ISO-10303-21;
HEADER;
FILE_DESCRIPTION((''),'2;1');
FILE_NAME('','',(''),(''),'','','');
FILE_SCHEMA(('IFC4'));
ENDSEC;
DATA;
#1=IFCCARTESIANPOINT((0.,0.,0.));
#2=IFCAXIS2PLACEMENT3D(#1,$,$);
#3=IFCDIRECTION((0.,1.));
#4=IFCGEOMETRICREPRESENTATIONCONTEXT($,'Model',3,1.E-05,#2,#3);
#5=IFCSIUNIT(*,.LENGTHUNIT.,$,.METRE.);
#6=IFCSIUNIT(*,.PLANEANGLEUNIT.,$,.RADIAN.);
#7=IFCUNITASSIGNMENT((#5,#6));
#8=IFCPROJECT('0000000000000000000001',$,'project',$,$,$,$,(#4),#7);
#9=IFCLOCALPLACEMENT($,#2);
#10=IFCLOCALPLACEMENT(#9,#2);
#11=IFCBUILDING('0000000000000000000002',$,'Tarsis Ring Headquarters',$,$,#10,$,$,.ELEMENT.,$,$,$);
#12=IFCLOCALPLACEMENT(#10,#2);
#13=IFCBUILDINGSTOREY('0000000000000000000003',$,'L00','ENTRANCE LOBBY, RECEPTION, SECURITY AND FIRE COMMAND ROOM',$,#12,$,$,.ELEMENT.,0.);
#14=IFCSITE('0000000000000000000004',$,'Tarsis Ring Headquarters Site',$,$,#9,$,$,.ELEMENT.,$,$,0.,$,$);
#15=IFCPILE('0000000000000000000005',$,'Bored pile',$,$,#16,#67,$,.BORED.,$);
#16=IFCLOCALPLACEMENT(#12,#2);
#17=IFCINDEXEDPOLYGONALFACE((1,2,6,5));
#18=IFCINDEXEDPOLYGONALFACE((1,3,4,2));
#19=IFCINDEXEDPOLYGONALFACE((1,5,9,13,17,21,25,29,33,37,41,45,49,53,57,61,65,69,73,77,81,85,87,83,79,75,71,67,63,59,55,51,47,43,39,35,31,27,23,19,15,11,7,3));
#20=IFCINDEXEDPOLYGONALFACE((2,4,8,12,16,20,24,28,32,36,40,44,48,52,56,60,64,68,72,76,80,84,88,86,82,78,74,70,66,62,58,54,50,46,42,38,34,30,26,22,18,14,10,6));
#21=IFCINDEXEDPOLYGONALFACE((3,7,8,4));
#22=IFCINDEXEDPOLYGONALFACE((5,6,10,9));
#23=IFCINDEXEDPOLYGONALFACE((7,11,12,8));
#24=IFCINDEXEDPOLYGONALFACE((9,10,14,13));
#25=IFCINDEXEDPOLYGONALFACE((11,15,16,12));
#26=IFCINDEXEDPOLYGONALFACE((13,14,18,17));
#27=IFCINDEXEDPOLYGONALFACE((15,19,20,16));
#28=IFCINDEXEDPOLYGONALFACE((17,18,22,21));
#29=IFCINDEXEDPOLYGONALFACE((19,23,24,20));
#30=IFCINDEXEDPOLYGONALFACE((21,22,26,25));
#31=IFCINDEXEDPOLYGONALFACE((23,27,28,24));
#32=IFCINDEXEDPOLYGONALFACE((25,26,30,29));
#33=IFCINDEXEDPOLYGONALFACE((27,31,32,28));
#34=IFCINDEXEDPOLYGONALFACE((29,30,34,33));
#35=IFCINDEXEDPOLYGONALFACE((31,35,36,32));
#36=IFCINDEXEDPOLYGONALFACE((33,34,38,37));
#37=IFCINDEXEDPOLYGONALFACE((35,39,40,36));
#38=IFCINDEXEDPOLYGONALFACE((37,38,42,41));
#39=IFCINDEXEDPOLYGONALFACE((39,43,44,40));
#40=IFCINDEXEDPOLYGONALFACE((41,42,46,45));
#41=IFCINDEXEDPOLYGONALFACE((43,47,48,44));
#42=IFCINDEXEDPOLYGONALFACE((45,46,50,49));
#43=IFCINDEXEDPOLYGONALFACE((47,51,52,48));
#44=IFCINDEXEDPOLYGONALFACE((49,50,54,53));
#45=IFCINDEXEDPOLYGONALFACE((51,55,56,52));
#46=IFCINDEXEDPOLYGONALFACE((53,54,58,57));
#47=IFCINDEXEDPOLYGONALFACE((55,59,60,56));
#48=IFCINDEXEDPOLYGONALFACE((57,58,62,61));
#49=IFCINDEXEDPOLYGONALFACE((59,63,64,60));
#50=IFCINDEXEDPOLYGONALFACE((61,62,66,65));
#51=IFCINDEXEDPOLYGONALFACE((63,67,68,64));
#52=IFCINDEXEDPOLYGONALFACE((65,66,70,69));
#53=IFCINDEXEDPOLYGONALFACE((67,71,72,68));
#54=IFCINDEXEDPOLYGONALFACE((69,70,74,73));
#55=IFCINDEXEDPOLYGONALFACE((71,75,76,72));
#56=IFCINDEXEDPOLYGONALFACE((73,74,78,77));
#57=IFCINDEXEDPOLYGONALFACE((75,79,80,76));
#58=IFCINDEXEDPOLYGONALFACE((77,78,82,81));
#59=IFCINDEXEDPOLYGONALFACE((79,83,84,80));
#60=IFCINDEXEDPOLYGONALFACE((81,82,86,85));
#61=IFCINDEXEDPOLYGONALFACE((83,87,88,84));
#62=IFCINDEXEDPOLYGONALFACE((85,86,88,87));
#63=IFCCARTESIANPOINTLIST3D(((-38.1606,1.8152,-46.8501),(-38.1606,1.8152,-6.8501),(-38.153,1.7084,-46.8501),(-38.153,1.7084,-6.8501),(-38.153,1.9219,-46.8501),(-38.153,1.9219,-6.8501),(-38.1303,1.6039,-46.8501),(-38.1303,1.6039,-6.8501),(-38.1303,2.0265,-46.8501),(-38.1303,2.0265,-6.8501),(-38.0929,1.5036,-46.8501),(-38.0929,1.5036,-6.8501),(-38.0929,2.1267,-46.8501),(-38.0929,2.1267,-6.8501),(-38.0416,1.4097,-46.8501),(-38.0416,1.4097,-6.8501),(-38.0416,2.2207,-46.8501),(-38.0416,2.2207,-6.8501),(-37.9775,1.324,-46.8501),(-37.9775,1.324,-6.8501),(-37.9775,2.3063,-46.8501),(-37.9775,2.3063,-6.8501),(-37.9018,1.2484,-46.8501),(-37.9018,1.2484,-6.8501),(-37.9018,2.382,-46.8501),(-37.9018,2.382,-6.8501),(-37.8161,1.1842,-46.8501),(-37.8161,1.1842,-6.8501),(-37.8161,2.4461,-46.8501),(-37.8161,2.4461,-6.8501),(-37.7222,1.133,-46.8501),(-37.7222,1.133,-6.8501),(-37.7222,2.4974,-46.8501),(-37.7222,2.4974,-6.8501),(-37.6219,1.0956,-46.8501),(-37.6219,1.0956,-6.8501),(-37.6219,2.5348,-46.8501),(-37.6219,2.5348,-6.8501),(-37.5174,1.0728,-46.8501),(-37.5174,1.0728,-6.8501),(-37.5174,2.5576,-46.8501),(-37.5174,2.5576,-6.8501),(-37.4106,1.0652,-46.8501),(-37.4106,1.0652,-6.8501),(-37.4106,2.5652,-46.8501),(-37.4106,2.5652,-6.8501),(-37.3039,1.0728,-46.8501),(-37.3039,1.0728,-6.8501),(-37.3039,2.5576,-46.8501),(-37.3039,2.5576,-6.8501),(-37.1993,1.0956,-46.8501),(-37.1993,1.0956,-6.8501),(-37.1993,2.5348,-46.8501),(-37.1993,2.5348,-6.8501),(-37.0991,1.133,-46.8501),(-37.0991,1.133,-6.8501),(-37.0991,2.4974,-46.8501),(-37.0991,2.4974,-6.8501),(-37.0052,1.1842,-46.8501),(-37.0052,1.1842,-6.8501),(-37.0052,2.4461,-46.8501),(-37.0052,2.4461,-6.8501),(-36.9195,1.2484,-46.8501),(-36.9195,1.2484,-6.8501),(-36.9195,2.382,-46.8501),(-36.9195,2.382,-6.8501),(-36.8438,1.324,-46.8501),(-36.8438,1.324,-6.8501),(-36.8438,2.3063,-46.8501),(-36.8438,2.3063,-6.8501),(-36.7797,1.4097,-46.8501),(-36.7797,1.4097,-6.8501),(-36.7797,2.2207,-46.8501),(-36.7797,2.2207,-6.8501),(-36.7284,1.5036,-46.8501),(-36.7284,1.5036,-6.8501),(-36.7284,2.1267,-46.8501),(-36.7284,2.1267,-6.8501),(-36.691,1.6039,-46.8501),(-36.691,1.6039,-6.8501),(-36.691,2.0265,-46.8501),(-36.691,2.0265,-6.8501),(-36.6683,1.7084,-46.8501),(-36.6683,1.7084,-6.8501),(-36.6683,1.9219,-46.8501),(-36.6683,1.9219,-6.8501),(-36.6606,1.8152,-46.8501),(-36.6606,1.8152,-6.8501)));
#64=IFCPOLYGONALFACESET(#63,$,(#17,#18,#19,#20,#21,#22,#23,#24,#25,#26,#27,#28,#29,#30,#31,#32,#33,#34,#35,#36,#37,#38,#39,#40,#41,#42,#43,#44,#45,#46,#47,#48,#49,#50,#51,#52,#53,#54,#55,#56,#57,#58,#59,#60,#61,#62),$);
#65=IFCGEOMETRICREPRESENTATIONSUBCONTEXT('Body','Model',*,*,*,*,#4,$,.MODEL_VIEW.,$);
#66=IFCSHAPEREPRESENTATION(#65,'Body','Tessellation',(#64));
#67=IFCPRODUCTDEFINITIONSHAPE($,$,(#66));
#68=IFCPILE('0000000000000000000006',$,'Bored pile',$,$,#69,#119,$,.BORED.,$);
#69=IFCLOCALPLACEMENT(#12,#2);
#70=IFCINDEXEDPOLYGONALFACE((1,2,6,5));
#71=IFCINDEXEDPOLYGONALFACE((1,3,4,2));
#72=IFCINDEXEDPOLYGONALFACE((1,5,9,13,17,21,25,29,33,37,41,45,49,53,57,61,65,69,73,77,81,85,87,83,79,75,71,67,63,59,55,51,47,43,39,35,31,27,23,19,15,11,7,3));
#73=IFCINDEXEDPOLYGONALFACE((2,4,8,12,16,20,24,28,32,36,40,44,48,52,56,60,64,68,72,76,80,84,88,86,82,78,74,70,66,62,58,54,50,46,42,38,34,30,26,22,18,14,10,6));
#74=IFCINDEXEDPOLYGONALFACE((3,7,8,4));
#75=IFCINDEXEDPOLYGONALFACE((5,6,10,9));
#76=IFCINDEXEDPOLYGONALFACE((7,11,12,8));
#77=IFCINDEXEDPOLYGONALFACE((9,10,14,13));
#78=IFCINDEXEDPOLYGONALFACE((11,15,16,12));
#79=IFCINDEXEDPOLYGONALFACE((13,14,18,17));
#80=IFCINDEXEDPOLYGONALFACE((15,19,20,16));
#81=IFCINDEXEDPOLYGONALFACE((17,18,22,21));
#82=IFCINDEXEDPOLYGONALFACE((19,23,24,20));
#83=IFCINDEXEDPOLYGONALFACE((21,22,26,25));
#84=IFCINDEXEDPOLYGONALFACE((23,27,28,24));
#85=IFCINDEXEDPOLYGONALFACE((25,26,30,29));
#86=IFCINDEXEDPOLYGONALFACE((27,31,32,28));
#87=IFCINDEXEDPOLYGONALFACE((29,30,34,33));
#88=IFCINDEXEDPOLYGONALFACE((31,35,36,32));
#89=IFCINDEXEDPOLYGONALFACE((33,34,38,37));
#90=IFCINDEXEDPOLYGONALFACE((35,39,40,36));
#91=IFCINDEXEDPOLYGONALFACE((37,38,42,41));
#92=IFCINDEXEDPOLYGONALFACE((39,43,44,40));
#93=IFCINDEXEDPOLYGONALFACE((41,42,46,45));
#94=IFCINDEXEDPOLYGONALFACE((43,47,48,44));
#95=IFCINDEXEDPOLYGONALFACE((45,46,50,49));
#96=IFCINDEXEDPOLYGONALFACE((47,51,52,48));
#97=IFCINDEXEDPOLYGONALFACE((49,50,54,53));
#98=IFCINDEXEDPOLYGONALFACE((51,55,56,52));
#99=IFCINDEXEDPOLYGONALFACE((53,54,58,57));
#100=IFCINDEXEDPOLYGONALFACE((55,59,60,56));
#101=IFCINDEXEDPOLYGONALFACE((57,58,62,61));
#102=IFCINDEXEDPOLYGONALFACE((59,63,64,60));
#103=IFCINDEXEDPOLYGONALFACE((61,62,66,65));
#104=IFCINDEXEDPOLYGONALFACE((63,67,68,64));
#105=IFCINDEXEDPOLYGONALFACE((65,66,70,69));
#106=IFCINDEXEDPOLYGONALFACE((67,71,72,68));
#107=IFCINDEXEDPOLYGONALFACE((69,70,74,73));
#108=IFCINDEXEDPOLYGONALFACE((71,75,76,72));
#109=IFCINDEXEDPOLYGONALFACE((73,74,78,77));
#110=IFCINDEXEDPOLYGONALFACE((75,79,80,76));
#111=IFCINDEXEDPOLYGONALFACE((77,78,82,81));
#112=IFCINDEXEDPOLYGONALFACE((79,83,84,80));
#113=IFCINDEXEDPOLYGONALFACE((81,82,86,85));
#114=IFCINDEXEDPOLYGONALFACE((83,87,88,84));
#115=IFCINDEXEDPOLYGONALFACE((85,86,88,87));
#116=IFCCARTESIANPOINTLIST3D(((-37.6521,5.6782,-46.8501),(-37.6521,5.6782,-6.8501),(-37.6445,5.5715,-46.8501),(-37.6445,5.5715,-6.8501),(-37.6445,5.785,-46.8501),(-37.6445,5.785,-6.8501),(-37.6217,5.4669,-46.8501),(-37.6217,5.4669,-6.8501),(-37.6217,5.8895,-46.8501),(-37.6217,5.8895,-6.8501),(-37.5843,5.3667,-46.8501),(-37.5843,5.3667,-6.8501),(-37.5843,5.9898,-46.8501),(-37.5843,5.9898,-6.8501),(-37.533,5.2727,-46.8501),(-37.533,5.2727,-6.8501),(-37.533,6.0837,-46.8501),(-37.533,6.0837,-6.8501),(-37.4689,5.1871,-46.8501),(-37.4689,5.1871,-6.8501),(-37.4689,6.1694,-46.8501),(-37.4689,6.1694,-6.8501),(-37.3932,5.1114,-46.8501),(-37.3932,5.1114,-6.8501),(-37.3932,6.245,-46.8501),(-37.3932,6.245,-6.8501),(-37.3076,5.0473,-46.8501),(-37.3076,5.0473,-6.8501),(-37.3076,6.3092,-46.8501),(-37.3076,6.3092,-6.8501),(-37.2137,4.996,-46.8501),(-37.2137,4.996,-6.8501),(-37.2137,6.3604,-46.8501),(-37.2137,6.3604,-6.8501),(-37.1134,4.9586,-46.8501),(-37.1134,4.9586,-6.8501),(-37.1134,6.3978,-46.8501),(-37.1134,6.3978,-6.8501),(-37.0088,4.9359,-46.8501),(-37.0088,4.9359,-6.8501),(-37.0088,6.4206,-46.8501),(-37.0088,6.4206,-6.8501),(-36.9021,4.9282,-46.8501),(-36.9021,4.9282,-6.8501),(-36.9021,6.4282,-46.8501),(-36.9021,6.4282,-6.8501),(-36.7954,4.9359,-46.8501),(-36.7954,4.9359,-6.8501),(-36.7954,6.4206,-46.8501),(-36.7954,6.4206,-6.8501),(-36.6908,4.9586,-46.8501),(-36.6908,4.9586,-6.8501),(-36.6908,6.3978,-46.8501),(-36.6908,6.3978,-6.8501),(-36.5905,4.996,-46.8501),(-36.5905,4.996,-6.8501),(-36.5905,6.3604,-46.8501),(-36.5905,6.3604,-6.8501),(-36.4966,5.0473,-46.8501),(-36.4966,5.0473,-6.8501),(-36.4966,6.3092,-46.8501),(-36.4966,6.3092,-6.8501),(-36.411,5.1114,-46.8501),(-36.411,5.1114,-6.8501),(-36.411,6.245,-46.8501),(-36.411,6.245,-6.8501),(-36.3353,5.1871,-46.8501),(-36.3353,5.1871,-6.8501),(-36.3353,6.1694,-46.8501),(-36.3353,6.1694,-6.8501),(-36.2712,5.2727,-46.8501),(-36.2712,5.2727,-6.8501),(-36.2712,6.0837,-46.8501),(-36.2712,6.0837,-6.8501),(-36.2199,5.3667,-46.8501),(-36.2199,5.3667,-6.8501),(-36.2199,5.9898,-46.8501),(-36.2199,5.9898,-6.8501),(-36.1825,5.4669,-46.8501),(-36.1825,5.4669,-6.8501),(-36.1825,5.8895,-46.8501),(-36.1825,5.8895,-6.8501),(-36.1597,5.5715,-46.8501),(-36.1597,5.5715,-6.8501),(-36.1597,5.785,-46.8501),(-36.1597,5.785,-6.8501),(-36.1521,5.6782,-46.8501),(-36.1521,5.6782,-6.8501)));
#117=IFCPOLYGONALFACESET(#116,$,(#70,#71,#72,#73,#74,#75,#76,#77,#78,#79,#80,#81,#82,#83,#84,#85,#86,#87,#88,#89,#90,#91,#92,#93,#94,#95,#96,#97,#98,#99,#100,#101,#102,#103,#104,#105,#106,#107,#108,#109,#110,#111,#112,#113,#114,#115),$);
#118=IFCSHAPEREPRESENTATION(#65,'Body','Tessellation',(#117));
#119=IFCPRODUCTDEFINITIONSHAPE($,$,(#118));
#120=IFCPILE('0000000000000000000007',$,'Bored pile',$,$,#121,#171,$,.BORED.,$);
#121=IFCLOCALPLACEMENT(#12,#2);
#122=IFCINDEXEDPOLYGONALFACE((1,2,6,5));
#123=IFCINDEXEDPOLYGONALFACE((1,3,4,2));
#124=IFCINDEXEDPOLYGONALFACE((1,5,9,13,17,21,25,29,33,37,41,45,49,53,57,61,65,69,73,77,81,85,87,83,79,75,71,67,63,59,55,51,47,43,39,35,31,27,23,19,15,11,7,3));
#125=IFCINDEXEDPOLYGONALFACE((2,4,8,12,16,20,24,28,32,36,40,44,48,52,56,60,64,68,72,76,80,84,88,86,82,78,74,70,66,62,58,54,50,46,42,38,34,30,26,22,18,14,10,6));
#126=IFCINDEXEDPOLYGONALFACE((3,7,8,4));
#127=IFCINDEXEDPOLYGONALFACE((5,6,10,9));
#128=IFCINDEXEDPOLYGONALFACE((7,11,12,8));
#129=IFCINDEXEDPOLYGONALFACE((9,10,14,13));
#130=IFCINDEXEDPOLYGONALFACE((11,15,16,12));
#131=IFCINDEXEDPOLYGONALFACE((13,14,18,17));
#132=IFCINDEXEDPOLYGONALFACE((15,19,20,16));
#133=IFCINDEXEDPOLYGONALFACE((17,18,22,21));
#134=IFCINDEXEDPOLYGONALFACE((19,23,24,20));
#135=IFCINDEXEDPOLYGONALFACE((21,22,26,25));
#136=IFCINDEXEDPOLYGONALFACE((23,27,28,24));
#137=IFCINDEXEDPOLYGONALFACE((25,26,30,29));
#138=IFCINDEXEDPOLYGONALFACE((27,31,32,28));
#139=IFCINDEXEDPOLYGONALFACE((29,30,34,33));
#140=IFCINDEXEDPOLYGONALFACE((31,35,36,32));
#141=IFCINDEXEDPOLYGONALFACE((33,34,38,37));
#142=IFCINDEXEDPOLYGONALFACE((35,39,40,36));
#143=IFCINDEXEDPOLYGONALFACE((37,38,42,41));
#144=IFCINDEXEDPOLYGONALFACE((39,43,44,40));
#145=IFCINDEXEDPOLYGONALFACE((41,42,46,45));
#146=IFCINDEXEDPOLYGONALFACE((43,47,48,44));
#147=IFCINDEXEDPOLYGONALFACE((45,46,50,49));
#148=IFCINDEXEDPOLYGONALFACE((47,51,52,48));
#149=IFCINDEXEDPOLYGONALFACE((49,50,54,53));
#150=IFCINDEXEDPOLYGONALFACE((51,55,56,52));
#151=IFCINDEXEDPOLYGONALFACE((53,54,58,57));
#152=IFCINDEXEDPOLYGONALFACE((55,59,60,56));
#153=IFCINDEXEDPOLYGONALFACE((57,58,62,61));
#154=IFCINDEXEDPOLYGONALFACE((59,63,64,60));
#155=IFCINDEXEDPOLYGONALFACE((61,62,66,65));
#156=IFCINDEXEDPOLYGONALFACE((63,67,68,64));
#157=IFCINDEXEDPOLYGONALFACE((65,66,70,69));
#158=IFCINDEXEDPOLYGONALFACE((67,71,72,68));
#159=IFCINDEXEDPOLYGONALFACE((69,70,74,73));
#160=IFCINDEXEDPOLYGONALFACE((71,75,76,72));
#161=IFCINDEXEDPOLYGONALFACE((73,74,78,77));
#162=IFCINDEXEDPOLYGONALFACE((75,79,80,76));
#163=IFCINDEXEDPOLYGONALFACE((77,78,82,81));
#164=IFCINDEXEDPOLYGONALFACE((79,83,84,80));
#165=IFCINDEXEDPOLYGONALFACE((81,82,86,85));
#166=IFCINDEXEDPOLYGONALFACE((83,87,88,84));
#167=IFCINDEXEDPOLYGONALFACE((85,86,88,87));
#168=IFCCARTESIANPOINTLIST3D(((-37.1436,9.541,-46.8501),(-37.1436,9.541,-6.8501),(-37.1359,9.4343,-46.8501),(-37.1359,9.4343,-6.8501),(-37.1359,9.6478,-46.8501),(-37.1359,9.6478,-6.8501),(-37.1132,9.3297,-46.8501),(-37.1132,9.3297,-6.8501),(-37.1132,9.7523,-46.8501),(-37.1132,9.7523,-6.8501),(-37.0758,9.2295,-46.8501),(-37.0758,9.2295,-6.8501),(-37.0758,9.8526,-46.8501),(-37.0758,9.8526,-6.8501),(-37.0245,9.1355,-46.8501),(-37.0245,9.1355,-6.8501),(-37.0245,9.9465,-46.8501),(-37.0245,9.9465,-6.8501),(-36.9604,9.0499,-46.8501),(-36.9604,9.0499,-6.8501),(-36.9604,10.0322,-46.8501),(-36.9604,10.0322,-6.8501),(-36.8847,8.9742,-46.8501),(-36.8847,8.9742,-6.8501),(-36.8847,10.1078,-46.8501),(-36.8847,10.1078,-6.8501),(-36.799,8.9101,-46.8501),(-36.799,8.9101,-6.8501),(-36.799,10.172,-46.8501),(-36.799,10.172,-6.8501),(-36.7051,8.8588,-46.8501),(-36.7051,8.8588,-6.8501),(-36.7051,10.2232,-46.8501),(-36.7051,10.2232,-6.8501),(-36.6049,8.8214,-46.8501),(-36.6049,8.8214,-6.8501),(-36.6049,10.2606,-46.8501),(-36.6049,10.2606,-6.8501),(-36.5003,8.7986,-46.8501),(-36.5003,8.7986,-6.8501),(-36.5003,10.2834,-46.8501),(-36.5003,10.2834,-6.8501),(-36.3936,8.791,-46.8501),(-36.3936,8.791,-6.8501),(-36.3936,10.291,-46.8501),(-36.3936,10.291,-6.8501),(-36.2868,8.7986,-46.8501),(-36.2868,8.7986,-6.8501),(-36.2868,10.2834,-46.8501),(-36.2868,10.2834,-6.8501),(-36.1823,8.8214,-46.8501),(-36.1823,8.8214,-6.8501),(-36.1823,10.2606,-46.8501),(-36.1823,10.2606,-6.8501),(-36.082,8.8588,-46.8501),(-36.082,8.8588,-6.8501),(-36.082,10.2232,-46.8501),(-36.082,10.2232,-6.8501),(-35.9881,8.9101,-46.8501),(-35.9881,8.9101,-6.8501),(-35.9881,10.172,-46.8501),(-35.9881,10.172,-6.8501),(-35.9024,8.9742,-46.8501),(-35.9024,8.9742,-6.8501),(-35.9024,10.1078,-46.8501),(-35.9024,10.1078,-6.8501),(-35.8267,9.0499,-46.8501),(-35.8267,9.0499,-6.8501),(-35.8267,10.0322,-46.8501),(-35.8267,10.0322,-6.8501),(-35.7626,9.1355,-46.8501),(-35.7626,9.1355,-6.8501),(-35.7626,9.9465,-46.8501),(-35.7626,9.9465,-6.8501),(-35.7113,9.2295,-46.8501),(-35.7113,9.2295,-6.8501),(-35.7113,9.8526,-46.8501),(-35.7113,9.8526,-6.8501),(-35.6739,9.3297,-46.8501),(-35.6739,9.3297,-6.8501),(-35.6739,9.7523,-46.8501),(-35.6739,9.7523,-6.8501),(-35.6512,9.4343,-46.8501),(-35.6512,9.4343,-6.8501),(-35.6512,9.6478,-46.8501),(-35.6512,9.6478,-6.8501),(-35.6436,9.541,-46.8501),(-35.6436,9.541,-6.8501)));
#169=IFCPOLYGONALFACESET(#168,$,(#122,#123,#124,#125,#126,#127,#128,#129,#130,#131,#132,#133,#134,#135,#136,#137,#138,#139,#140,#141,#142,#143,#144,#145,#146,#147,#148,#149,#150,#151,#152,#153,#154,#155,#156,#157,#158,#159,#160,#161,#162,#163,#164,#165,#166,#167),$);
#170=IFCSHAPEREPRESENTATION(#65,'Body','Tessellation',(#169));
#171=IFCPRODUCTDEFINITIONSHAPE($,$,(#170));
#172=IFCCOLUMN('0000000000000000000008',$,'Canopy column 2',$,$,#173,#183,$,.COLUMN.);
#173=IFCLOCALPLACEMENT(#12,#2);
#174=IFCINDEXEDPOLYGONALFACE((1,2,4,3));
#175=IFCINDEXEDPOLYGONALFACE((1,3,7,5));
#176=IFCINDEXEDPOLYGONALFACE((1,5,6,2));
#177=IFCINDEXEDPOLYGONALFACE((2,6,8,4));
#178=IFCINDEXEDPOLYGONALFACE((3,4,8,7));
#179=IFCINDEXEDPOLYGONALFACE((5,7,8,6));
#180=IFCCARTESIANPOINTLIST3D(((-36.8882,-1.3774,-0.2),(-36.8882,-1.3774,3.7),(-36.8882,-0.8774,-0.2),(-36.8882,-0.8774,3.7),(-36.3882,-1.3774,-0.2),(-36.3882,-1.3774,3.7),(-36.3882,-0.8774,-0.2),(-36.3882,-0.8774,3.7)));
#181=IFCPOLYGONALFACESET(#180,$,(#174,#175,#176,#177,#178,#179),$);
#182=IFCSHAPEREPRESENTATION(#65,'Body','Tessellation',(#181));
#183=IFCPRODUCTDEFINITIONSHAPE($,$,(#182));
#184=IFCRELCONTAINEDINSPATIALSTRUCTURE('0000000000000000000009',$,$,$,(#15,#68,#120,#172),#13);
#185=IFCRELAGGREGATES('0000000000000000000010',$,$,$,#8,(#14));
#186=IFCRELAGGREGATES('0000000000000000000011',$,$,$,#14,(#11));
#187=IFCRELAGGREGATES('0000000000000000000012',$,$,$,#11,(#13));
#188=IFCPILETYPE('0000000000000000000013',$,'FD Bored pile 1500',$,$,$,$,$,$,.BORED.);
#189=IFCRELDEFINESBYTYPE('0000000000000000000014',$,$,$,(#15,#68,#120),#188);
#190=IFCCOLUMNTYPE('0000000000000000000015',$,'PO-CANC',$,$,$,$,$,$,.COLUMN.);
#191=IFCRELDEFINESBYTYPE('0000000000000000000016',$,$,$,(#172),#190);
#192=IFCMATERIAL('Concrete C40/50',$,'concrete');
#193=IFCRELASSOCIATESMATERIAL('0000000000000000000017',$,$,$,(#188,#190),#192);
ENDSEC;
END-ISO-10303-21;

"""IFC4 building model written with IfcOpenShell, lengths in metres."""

from ifc_helpers import new_model, si_unit, direction, frame, origin, origin_2d, place, context, subcontext, project, spatial, rectangle, circle, extrude, material, material_profile, profile_set, type_object, element, save


model = new_model("IFC4")

# Units and contexts
model_context = context("Model", 3, precision=1e-05, world=origin(), true_north=direction((0.0, 1.0)))
body_context = subcontext(model_context, "Body", "Model", "MODEL_VIEW")
ifc_project = project(units=[si_unit("LENGTHUNIT", "METRE"), si_unit("PLANEANGLEUNIT", "RADIAN")], contexts=[model_context])

# Site, building, storey
site_placement = place(None, origin())
site = spatial("IfcSite", under=ifc_project, at=site_placement, Name="Tarsis Ring Headquarters Site", CompositionType="ELEMENT", RefElevation=0.0)
building_placement = place(site_placement, origin())
building = spatial("IfcBuilding", under=site, at=building_placement, Name="Tarsis Ring Headquarters", CompositionType="ELEMENT")
storey_placement = place(building_placement, origin())
storey = spatial("IfcBuildingStorey", under=building, at=storey_placement, Name="L00", Description="ENTRANCE LOBBY, RECEPTION, SECURITY AND FIRE COMMAND ROOM", CompositionType="ELEMENT", Elevation=0.0)

# Piles
ifc_material_1 = material(Name="Concrete C40/50", Category="concrete")
ifc_material_profile_1 = material_profile(ifc_material_1, circle(Radius=0.75, at=origin_2d()), Name="BORED 1500")
ifc_profile_set_1 = profile_set([ifc_material_profile_1], Name="Concrete C40/50")
pile_type = type_object("IfcPileType", Name="FD Bored pile 1500", PredefinedType="BORED", material=ifc_profile_set_1)
for number, where, z_axis, x_axis, name in (
    (1, (-37.4106, 1.8152, -6.8501), (0.0, 0.0, -1.0), (1.0, 0.0, 0.0), "Bored pile"),
    (2, (-36.9021, 5.6782, -6.8501), (0.0, 0.0, -1.0), (1.0, 0.0, 0.0), "Bored pile"),
    (3, (-36.3936, 9.541, -6.8501), (0.0, 0.0, -1.0), (1.0, 0.0, 0.0), "Bored pile"),
):
    element("IfcPile", number, at=place(storey_placement, frame(where, z_axis=z_axis, x_axis=x_axis)), inside=storey, type_object=pile_type, Name=name, PredefinedType="BORED", context=body_context, shape_type="SweptSolid", body=[
        extrude(circle(Radius=0.75, at=origin_2d()), origin(), (0.0, 0.0, 1.0), 40.0),
    ])

# Column
ifc_material_profile_2 = material_profile(ifc_material_1, rectangle(XDim=0.5, YDim=0.5, at=origin_2d()), Name="PO-CANC")
ifc_profile_set_2 = profile_set([ifc_material_profile_2], Name="Concrete C40/50")
column_type_1 = type_object("IfcColumnType", Name="PO-CANC", PredefinedType="COLUMN", material=ifc_profile_set_2)
column_1_placement = place(storey_placement, frame((-36.6382, -1.1274, -0.2), z_axis=(0.0, 0.0, 1.0), x_axis=(1.0, 0.0, 0.0)))
element("IfcColumn", 4, at=column_1_placement, inside=storey, type_object=column_type_1, Name="Canopy column 2", PredefinedType="COLUMN", context=body_context, shape_type="SweptSolid", body=[
    extrude(rectangle(XDim=0.5, YDim=0.5, at=origin_2d()), origin(), (0.0, 0.0, 1.0), 3.8999),
])

save(model, "model.ifc")
